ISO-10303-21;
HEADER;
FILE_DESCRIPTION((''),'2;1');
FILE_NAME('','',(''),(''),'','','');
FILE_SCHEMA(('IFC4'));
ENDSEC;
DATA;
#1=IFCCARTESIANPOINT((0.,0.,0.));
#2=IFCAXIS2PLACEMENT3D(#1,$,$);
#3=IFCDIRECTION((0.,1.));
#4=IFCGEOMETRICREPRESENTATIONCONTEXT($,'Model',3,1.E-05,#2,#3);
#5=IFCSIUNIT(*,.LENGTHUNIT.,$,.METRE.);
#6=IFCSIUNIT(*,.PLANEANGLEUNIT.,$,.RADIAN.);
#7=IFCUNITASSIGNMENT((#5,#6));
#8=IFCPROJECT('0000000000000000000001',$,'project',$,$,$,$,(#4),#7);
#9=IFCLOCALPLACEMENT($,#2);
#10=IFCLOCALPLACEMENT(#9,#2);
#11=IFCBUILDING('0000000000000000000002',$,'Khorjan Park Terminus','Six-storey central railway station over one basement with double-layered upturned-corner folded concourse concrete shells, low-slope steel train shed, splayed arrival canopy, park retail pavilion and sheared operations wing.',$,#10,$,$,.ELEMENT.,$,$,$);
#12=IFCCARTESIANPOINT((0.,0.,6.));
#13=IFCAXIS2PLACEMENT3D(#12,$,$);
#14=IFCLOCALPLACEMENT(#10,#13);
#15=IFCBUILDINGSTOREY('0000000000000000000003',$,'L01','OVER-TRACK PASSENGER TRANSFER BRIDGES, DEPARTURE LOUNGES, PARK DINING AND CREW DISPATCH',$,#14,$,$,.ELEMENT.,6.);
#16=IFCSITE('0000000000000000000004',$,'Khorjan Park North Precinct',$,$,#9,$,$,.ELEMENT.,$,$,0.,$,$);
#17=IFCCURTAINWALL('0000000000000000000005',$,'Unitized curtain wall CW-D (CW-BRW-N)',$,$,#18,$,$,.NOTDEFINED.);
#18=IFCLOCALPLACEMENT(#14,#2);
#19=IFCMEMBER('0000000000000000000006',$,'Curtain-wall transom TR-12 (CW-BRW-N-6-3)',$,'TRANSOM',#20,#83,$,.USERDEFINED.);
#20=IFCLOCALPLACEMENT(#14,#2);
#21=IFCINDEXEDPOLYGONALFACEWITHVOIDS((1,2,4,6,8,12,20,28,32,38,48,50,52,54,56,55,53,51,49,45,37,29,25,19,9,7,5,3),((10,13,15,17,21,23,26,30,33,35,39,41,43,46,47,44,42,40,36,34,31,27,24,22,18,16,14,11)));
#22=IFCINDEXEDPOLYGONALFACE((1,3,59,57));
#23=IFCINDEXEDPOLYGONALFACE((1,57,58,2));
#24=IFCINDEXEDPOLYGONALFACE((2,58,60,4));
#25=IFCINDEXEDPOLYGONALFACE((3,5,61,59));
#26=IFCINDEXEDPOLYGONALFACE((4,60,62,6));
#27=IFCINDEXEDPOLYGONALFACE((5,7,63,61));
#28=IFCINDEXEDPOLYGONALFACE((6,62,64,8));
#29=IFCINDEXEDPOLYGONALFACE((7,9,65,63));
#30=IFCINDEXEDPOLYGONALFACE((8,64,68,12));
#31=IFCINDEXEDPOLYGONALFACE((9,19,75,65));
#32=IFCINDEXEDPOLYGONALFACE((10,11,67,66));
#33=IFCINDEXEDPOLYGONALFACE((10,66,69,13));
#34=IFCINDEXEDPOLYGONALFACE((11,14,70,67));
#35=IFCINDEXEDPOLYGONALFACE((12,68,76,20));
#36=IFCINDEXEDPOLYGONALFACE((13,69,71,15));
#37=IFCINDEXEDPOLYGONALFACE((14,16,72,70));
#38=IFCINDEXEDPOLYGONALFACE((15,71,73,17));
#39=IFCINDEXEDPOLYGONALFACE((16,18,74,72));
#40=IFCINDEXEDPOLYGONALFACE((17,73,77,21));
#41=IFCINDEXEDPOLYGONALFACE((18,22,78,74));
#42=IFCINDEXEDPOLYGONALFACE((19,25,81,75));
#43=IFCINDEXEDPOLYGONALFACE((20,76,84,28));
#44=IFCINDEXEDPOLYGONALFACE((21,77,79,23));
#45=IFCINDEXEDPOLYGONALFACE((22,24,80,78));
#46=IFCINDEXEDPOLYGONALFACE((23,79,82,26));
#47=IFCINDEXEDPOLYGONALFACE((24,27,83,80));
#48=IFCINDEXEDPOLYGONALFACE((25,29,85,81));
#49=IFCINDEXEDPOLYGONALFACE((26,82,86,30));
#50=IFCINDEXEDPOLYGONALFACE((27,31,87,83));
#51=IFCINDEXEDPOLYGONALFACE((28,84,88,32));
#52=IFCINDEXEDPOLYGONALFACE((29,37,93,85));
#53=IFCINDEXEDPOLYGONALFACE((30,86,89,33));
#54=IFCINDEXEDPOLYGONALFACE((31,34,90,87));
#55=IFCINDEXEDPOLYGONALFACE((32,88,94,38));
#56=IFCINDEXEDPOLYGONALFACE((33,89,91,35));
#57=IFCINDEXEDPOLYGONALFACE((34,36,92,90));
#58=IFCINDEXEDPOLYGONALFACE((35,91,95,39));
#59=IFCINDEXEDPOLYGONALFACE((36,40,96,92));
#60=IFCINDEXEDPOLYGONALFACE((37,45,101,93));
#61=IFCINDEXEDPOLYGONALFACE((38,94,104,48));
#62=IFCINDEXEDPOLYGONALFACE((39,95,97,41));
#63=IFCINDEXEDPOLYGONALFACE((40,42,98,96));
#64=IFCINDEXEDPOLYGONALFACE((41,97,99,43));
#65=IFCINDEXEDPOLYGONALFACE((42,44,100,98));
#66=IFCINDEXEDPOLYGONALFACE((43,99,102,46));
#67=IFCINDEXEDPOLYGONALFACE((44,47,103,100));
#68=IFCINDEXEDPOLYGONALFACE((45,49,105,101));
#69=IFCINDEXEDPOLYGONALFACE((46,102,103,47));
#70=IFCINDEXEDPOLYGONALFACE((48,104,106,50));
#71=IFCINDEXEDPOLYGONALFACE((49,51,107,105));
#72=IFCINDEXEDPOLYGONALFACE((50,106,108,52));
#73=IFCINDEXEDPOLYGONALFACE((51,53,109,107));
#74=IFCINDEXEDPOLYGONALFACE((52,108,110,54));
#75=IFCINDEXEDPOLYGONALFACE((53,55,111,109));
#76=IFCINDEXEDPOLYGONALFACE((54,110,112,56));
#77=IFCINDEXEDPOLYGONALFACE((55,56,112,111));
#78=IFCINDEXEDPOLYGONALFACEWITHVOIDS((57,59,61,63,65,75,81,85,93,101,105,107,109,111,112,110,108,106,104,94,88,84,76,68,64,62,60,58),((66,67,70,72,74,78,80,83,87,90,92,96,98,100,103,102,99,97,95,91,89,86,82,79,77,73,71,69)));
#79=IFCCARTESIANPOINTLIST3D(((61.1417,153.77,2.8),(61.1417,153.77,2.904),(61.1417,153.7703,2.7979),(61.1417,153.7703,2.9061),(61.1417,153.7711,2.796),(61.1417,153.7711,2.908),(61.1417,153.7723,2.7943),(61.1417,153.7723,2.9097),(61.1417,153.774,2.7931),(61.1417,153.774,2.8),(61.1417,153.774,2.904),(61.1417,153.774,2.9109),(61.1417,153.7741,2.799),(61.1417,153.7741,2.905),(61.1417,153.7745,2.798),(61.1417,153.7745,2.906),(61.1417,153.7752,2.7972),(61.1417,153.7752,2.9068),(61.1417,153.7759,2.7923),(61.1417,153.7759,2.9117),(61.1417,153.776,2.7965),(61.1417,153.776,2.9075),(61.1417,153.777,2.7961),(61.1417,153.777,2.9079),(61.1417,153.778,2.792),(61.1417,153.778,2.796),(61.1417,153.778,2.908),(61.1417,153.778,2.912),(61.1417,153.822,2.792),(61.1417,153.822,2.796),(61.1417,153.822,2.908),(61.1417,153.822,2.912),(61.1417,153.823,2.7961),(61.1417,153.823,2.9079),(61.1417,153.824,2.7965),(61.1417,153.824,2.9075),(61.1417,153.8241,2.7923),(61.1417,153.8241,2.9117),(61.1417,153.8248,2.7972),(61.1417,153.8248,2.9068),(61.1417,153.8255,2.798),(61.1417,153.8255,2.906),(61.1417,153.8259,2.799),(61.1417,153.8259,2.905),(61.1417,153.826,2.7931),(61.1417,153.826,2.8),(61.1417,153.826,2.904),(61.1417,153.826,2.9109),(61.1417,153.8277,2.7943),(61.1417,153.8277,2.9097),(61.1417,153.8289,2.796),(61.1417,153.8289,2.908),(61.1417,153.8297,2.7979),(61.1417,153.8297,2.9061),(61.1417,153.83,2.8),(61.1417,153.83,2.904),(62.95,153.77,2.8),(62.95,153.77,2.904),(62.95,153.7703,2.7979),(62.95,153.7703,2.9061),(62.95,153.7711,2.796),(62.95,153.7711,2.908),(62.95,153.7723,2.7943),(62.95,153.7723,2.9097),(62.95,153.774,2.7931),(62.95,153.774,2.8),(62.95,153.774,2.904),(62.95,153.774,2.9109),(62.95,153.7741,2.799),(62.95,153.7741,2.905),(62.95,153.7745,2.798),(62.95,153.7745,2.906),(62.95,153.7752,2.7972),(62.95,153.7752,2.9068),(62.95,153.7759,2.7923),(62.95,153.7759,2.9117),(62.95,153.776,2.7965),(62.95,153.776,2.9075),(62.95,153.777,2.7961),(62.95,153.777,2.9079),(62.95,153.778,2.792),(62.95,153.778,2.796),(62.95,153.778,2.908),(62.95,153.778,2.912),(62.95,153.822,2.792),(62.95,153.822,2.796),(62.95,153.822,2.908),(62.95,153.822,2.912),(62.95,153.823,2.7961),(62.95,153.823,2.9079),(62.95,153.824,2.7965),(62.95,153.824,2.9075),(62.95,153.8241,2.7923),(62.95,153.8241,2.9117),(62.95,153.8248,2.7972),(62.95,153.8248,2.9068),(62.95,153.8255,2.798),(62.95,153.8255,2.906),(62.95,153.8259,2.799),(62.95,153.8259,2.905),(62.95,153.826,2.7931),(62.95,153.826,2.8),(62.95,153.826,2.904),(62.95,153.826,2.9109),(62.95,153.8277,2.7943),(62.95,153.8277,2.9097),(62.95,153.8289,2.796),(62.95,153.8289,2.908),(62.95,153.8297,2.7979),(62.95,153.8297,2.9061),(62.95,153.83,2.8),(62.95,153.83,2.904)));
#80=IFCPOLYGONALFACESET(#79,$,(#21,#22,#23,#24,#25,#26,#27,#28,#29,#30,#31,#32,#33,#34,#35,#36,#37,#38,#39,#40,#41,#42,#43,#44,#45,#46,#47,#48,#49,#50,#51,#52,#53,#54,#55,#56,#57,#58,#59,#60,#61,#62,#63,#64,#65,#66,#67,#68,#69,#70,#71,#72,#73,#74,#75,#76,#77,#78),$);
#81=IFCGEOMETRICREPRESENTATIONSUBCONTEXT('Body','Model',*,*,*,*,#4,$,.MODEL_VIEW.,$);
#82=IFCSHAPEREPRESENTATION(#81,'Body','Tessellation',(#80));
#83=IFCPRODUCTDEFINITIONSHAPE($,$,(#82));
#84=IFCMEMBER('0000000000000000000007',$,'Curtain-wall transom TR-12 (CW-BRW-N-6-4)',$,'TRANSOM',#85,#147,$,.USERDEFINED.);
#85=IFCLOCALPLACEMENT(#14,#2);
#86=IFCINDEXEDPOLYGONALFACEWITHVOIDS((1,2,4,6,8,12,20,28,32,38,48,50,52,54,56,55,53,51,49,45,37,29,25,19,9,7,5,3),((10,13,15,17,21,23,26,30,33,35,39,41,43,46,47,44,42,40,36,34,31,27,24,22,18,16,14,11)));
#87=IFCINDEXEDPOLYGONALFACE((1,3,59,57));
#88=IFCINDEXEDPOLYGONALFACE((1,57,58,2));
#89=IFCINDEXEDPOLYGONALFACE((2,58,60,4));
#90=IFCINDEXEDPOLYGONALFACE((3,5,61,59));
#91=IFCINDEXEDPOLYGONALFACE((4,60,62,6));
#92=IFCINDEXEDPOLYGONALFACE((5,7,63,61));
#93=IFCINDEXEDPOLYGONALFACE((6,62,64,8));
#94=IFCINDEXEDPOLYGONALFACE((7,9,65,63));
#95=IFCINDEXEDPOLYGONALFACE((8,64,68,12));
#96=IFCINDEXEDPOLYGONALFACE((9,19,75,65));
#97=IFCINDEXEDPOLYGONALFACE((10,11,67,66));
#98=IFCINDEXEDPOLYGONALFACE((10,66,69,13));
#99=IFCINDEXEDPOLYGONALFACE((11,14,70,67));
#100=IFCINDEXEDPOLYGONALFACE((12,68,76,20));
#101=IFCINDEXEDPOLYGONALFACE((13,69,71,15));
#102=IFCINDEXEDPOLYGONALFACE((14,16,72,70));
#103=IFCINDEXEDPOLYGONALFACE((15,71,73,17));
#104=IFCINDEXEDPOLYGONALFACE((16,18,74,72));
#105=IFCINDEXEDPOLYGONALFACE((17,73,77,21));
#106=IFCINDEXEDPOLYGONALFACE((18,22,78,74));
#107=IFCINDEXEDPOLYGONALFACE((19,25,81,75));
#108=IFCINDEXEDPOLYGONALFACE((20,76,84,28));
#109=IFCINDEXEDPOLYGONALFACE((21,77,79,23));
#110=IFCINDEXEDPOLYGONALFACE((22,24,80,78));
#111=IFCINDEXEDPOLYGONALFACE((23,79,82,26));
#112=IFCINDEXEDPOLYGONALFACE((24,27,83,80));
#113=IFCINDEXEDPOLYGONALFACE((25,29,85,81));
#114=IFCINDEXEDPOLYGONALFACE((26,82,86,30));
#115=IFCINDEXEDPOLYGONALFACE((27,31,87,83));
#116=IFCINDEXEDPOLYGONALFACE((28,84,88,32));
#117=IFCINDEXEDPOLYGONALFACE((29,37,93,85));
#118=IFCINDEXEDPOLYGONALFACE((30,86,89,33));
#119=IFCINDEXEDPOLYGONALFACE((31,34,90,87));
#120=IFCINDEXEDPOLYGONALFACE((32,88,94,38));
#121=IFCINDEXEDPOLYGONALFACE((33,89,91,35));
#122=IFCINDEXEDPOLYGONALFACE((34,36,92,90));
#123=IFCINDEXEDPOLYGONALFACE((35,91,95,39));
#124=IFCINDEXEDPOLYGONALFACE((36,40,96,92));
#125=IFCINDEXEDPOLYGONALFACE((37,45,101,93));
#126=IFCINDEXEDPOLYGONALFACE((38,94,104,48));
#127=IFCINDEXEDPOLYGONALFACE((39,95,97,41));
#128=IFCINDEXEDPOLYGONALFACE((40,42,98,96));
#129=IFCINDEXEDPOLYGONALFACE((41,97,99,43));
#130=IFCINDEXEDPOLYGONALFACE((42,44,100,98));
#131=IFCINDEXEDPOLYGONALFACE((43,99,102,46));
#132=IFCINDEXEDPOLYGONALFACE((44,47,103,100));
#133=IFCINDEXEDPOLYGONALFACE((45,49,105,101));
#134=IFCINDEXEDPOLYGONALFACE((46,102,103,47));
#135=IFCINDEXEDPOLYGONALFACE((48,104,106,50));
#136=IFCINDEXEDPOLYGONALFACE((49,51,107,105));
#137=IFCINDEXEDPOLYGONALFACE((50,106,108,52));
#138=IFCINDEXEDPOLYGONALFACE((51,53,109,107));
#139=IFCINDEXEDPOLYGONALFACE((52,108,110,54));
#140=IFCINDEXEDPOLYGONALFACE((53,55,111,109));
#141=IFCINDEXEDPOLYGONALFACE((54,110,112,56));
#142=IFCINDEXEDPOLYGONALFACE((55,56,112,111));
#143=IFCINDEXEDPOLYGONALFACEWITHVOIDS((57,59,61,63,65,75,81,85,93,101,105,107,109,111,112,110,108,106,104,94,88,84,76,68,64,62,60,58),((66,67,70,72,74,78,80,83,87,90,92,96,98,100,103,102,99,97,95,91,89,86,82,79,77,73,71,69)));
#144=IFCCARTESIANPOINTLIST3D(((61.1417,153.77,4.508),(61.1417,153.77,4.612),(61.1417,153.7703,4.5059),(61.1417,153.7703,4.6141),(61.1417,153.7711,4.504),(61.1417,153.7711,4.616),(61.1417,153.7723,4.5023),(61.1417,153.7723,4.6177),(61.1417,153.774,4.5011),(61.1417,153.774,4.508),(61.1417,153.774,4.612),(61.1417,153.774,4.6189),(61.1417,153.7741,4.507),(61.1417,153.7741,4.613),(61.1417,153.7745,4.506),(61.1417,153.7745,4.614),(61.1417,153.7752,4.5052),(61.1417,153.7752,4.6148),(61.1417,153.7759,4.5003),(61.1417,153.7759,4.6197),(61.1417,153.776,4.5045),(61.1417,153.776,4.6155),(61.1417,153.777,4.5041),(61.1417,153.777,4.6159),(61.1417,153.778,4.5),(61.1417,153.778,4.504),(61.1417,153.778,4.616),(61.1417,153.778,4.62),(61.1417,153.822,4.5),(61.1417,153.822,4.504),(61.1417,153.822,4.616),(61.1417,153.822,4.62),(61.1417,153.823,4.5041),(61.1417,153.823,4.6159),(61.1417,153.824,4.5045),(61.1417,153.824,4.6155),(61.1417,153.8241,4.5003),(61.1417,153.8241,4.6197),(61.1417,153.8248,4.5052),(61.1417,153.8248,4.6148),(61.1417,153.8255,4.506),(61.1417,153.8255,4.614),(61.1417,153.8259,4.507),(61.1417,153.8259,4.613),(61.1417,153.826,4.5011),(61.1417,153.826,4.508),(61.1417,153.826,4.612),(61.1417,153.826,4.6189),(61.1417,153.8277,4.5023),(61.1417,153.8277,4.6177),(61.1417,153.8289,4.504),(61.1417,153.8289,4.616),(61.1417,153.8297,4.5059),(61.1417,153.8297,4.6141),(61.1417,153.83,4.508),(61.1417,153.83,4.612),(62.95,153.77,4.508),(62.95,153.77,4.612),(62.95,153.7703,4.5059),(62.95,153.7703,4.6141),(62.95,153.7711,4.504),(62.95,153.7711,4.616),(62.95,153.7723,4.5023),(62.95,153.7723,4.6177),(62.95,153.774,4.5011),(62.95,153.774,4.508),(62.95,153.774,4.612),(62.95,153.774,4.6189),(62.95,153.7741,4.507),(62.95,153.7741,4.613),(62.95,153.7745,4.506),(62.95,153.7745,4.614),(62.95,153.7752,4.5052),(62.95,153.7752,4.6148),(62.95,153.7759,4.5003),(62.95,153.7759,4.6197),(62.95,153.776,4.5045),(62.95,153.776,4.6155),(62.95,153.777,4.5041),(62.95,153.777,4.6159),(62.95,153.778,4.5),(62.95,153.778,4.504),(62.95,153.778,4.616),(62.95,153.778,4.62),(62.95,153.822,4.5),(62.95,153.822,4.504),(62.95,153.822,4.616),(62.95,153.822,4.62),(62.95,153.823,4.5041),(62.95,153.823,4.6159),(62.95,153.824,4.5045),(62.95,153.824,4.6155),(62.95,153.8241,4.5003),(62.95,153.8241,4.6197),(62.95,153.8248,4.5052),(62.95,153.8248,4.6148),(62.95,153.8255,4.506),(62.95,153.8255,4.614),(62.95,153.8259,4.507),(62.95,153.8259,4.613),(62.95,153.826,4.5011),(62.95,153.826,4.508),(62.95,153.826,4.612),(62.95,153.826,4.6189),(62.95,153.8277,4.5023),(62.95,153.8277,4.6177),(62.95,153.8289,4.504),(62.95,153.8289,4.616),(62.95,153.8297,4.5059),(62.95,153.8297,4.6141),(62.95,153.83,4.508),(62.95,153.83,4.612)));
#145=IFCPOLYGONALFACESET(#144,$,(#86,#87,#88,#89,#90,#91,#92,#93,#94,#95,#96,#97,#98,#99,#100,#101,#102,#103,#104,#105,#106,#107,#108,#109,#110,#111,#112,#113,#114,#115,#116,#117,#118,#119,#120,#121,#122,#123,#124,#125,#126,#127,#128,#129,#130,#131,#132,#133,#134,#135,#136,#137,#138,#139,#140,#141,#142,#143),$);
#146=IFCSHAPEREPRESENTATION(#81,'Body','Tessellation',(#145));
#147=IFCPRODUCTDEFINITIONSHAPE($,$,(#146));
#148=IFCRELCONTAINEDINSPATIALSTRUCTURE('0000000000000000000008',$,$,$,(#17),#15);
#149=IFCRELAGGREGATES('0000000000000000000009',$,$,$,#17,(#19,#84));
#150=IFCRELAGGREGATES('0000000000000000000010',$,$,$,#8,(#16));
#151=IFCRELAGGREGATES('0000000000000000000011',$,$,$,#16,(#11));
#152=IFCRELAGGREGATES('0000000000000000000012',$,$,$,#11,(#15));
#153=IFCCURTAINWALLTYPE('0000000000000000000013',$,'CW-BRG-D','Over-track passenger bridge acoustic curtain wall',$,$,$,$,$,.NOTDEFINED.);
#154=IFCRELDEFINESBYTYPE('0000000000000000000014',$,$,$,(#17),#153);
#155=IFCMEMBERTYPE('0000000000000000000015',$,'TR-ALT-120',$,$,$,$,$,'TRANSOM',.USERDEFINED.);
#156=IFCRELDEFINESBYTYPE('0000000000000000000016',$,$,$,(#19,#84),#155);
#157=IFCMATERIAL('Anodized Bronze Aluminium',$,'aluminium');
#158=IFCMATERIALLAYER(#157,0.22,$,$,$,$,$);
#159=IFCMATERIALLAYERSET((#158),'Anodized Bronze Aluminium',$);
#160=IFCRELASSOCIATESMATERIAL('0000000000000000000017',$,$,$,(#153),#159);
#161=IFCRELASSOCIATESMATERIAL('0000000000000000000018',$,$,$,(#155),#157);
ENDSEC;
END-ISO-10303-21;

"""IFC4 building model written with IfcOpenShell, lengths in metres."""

from ifc_helpers import new_model, si_unit, direction, frame, origin, origin_2d, place, context, subcontext, project, spatial, hollow_rectangle, extrude, material, layer, layer_set, material_profile, profile_set, type_object, element, aggregate, save


model = new_model("IFC4")

# Units and contexts
model_context = context("Model", 3, precision=1e-05, world=origin(), true_north=direction((0.0, 1.0)))
body_context = subcontext(model_context, "Body", "Model", "MODEL_VIEW")
ifc_project = project(units=[si_unit("LENGTHUNIT", "METRE"), si_unit("PLANEANGLEUNIT", "RADIAN")], contexts=[model_context])

# Site, building, storey
site_placement = place(None, origin())
site = spatial("IfcSite", under=ifc_project, at=site_placement, Name="Khorjan Park North Precinct", CompositionType="ELEMENT", RefElevation=0.0)
building_placement = place(site_placement, origin())
building = spatial("IfcBuilding", under=site, at=building_placement, Name="Khorjan Park Terminus", Description="Six-storey central railway station over one basement with double-layered upturned-corner folded concourse concrete shells, low-slope steel train shed, splayed arrival canopy, park retail pavilion and sheared operations wing.", CompositionType="ELEMENT")
storey_placement = place(building_placement, frame((0.0, 0.0, 6.0)))
storey = spatial("IfcBuildingStorey", under=building, at=storey_placement, Name="L01", Description="OVER-TRACK PASSENGER TRANSFER BRIDGES, DEPARTURE LOUNGES, PARK DINING AND CREW DISPATCH", CompositionType="ELEMENT", Elevation=6.0)

# Curtain wall, members
ifc_material_1 = material(Name="Anodized Bronze Aluminium", Category="aluminium")
ifc_layer_1 = layer(ifc_material_1, 0.22)
ifc_layer_set_1 = layer_set([ifc_layer_1], Name="Anodized Bronze Aluminium")
curtain_wall_type = type_object("IfcCurtainWallType", Name="CW-BRG-D", Description="Over-track passenger bridge acoustic curtain wall", PredefinedType="NOTDEFINED", material=ifc_layer_set_1)
curtain_wall_placement = place(storey_placement, origin())
curtain_wall = element("IfcCurtainWall", 1, at=curtain_wall_placement, inside=storey, type_object=curtain_wall_type, Name="Unitized curtain wall CW-D (CW-BRW-N)", PredefinedType="NOTDEFINED")
ifc_material_profile_1 = material_profile(ifc_material_1, hollow_rectangle(XDim=0.06, YDim=0.12, WallThickness=0.004, InnerFilletRadius=0.004, OuterFilletRadius=0.008, at=origin_2d()), Name="ALT 60x120x4")
ifc_profile_set_1 = profile_set([ifc_material_profile_1], Name="Anodized Bronze Aluminium")
member_type_1 = type_object("IfcMemberType", Name="TR-ALT-120", ElementType="TRANSOM", PredefinedType="USERDEFINED", material=ifc_profile_set_1)
member_1_placement = place(storey_placement, frame((62.95, 153.8, 2.852), z_axis=(-1.0, 0.0, 0.0), x_axis=(0.0, -1.0, 0.0)))
member_1 = element("IfcMember", 2, at=member_1_placement, type_object=member_type_1, Name="Curtain-wall transom TR-12 (CW-BRW-N-6-3)", ObjectType="TRANSOM", PredefinedType="USERDEFINED", context=body_context, shape_type="SweptSolid", body=[
    extrude(hollow_rectangle(XDim=0.06, YDim=0.12, WallThickness=0.004, InnerFilletRadius=0.004, OuterFilletRadius=0.008, at=origin_2d()), origin(), (0.0, 0.0, 1.0), 1.8083),
])
member_2_placement = place(storey_placement, frame((62.95, 153.8, 4.56), z_axis=(-1.0, 0.0, 0.0), x_axis=(0.0, -1.0, 0.0)))
member_2 = element("IfcMember", 3, at=member_2_placement, type_object=member_type_1, Name="Curtain-wall transom TR-12 (CW-BRW-N-6-4)", ObjectType="TRANSOM", PredefinedType="USERDEFINED", context=body_context, shape_type="SweptSolid", body=[
    extrude(hollow_rectangle(XDim=0.06, YDim=0.12, WallThickness=0.004, InnerFilletRadius=0.004, OuterFilletRadius=0.008, at=origin_2d()), origin(), (0.0, 0.0, 1.0), 1.8083),
])
aggregate(curtain_wall, [member_1, member_2])

save(model, "model.ifc")
